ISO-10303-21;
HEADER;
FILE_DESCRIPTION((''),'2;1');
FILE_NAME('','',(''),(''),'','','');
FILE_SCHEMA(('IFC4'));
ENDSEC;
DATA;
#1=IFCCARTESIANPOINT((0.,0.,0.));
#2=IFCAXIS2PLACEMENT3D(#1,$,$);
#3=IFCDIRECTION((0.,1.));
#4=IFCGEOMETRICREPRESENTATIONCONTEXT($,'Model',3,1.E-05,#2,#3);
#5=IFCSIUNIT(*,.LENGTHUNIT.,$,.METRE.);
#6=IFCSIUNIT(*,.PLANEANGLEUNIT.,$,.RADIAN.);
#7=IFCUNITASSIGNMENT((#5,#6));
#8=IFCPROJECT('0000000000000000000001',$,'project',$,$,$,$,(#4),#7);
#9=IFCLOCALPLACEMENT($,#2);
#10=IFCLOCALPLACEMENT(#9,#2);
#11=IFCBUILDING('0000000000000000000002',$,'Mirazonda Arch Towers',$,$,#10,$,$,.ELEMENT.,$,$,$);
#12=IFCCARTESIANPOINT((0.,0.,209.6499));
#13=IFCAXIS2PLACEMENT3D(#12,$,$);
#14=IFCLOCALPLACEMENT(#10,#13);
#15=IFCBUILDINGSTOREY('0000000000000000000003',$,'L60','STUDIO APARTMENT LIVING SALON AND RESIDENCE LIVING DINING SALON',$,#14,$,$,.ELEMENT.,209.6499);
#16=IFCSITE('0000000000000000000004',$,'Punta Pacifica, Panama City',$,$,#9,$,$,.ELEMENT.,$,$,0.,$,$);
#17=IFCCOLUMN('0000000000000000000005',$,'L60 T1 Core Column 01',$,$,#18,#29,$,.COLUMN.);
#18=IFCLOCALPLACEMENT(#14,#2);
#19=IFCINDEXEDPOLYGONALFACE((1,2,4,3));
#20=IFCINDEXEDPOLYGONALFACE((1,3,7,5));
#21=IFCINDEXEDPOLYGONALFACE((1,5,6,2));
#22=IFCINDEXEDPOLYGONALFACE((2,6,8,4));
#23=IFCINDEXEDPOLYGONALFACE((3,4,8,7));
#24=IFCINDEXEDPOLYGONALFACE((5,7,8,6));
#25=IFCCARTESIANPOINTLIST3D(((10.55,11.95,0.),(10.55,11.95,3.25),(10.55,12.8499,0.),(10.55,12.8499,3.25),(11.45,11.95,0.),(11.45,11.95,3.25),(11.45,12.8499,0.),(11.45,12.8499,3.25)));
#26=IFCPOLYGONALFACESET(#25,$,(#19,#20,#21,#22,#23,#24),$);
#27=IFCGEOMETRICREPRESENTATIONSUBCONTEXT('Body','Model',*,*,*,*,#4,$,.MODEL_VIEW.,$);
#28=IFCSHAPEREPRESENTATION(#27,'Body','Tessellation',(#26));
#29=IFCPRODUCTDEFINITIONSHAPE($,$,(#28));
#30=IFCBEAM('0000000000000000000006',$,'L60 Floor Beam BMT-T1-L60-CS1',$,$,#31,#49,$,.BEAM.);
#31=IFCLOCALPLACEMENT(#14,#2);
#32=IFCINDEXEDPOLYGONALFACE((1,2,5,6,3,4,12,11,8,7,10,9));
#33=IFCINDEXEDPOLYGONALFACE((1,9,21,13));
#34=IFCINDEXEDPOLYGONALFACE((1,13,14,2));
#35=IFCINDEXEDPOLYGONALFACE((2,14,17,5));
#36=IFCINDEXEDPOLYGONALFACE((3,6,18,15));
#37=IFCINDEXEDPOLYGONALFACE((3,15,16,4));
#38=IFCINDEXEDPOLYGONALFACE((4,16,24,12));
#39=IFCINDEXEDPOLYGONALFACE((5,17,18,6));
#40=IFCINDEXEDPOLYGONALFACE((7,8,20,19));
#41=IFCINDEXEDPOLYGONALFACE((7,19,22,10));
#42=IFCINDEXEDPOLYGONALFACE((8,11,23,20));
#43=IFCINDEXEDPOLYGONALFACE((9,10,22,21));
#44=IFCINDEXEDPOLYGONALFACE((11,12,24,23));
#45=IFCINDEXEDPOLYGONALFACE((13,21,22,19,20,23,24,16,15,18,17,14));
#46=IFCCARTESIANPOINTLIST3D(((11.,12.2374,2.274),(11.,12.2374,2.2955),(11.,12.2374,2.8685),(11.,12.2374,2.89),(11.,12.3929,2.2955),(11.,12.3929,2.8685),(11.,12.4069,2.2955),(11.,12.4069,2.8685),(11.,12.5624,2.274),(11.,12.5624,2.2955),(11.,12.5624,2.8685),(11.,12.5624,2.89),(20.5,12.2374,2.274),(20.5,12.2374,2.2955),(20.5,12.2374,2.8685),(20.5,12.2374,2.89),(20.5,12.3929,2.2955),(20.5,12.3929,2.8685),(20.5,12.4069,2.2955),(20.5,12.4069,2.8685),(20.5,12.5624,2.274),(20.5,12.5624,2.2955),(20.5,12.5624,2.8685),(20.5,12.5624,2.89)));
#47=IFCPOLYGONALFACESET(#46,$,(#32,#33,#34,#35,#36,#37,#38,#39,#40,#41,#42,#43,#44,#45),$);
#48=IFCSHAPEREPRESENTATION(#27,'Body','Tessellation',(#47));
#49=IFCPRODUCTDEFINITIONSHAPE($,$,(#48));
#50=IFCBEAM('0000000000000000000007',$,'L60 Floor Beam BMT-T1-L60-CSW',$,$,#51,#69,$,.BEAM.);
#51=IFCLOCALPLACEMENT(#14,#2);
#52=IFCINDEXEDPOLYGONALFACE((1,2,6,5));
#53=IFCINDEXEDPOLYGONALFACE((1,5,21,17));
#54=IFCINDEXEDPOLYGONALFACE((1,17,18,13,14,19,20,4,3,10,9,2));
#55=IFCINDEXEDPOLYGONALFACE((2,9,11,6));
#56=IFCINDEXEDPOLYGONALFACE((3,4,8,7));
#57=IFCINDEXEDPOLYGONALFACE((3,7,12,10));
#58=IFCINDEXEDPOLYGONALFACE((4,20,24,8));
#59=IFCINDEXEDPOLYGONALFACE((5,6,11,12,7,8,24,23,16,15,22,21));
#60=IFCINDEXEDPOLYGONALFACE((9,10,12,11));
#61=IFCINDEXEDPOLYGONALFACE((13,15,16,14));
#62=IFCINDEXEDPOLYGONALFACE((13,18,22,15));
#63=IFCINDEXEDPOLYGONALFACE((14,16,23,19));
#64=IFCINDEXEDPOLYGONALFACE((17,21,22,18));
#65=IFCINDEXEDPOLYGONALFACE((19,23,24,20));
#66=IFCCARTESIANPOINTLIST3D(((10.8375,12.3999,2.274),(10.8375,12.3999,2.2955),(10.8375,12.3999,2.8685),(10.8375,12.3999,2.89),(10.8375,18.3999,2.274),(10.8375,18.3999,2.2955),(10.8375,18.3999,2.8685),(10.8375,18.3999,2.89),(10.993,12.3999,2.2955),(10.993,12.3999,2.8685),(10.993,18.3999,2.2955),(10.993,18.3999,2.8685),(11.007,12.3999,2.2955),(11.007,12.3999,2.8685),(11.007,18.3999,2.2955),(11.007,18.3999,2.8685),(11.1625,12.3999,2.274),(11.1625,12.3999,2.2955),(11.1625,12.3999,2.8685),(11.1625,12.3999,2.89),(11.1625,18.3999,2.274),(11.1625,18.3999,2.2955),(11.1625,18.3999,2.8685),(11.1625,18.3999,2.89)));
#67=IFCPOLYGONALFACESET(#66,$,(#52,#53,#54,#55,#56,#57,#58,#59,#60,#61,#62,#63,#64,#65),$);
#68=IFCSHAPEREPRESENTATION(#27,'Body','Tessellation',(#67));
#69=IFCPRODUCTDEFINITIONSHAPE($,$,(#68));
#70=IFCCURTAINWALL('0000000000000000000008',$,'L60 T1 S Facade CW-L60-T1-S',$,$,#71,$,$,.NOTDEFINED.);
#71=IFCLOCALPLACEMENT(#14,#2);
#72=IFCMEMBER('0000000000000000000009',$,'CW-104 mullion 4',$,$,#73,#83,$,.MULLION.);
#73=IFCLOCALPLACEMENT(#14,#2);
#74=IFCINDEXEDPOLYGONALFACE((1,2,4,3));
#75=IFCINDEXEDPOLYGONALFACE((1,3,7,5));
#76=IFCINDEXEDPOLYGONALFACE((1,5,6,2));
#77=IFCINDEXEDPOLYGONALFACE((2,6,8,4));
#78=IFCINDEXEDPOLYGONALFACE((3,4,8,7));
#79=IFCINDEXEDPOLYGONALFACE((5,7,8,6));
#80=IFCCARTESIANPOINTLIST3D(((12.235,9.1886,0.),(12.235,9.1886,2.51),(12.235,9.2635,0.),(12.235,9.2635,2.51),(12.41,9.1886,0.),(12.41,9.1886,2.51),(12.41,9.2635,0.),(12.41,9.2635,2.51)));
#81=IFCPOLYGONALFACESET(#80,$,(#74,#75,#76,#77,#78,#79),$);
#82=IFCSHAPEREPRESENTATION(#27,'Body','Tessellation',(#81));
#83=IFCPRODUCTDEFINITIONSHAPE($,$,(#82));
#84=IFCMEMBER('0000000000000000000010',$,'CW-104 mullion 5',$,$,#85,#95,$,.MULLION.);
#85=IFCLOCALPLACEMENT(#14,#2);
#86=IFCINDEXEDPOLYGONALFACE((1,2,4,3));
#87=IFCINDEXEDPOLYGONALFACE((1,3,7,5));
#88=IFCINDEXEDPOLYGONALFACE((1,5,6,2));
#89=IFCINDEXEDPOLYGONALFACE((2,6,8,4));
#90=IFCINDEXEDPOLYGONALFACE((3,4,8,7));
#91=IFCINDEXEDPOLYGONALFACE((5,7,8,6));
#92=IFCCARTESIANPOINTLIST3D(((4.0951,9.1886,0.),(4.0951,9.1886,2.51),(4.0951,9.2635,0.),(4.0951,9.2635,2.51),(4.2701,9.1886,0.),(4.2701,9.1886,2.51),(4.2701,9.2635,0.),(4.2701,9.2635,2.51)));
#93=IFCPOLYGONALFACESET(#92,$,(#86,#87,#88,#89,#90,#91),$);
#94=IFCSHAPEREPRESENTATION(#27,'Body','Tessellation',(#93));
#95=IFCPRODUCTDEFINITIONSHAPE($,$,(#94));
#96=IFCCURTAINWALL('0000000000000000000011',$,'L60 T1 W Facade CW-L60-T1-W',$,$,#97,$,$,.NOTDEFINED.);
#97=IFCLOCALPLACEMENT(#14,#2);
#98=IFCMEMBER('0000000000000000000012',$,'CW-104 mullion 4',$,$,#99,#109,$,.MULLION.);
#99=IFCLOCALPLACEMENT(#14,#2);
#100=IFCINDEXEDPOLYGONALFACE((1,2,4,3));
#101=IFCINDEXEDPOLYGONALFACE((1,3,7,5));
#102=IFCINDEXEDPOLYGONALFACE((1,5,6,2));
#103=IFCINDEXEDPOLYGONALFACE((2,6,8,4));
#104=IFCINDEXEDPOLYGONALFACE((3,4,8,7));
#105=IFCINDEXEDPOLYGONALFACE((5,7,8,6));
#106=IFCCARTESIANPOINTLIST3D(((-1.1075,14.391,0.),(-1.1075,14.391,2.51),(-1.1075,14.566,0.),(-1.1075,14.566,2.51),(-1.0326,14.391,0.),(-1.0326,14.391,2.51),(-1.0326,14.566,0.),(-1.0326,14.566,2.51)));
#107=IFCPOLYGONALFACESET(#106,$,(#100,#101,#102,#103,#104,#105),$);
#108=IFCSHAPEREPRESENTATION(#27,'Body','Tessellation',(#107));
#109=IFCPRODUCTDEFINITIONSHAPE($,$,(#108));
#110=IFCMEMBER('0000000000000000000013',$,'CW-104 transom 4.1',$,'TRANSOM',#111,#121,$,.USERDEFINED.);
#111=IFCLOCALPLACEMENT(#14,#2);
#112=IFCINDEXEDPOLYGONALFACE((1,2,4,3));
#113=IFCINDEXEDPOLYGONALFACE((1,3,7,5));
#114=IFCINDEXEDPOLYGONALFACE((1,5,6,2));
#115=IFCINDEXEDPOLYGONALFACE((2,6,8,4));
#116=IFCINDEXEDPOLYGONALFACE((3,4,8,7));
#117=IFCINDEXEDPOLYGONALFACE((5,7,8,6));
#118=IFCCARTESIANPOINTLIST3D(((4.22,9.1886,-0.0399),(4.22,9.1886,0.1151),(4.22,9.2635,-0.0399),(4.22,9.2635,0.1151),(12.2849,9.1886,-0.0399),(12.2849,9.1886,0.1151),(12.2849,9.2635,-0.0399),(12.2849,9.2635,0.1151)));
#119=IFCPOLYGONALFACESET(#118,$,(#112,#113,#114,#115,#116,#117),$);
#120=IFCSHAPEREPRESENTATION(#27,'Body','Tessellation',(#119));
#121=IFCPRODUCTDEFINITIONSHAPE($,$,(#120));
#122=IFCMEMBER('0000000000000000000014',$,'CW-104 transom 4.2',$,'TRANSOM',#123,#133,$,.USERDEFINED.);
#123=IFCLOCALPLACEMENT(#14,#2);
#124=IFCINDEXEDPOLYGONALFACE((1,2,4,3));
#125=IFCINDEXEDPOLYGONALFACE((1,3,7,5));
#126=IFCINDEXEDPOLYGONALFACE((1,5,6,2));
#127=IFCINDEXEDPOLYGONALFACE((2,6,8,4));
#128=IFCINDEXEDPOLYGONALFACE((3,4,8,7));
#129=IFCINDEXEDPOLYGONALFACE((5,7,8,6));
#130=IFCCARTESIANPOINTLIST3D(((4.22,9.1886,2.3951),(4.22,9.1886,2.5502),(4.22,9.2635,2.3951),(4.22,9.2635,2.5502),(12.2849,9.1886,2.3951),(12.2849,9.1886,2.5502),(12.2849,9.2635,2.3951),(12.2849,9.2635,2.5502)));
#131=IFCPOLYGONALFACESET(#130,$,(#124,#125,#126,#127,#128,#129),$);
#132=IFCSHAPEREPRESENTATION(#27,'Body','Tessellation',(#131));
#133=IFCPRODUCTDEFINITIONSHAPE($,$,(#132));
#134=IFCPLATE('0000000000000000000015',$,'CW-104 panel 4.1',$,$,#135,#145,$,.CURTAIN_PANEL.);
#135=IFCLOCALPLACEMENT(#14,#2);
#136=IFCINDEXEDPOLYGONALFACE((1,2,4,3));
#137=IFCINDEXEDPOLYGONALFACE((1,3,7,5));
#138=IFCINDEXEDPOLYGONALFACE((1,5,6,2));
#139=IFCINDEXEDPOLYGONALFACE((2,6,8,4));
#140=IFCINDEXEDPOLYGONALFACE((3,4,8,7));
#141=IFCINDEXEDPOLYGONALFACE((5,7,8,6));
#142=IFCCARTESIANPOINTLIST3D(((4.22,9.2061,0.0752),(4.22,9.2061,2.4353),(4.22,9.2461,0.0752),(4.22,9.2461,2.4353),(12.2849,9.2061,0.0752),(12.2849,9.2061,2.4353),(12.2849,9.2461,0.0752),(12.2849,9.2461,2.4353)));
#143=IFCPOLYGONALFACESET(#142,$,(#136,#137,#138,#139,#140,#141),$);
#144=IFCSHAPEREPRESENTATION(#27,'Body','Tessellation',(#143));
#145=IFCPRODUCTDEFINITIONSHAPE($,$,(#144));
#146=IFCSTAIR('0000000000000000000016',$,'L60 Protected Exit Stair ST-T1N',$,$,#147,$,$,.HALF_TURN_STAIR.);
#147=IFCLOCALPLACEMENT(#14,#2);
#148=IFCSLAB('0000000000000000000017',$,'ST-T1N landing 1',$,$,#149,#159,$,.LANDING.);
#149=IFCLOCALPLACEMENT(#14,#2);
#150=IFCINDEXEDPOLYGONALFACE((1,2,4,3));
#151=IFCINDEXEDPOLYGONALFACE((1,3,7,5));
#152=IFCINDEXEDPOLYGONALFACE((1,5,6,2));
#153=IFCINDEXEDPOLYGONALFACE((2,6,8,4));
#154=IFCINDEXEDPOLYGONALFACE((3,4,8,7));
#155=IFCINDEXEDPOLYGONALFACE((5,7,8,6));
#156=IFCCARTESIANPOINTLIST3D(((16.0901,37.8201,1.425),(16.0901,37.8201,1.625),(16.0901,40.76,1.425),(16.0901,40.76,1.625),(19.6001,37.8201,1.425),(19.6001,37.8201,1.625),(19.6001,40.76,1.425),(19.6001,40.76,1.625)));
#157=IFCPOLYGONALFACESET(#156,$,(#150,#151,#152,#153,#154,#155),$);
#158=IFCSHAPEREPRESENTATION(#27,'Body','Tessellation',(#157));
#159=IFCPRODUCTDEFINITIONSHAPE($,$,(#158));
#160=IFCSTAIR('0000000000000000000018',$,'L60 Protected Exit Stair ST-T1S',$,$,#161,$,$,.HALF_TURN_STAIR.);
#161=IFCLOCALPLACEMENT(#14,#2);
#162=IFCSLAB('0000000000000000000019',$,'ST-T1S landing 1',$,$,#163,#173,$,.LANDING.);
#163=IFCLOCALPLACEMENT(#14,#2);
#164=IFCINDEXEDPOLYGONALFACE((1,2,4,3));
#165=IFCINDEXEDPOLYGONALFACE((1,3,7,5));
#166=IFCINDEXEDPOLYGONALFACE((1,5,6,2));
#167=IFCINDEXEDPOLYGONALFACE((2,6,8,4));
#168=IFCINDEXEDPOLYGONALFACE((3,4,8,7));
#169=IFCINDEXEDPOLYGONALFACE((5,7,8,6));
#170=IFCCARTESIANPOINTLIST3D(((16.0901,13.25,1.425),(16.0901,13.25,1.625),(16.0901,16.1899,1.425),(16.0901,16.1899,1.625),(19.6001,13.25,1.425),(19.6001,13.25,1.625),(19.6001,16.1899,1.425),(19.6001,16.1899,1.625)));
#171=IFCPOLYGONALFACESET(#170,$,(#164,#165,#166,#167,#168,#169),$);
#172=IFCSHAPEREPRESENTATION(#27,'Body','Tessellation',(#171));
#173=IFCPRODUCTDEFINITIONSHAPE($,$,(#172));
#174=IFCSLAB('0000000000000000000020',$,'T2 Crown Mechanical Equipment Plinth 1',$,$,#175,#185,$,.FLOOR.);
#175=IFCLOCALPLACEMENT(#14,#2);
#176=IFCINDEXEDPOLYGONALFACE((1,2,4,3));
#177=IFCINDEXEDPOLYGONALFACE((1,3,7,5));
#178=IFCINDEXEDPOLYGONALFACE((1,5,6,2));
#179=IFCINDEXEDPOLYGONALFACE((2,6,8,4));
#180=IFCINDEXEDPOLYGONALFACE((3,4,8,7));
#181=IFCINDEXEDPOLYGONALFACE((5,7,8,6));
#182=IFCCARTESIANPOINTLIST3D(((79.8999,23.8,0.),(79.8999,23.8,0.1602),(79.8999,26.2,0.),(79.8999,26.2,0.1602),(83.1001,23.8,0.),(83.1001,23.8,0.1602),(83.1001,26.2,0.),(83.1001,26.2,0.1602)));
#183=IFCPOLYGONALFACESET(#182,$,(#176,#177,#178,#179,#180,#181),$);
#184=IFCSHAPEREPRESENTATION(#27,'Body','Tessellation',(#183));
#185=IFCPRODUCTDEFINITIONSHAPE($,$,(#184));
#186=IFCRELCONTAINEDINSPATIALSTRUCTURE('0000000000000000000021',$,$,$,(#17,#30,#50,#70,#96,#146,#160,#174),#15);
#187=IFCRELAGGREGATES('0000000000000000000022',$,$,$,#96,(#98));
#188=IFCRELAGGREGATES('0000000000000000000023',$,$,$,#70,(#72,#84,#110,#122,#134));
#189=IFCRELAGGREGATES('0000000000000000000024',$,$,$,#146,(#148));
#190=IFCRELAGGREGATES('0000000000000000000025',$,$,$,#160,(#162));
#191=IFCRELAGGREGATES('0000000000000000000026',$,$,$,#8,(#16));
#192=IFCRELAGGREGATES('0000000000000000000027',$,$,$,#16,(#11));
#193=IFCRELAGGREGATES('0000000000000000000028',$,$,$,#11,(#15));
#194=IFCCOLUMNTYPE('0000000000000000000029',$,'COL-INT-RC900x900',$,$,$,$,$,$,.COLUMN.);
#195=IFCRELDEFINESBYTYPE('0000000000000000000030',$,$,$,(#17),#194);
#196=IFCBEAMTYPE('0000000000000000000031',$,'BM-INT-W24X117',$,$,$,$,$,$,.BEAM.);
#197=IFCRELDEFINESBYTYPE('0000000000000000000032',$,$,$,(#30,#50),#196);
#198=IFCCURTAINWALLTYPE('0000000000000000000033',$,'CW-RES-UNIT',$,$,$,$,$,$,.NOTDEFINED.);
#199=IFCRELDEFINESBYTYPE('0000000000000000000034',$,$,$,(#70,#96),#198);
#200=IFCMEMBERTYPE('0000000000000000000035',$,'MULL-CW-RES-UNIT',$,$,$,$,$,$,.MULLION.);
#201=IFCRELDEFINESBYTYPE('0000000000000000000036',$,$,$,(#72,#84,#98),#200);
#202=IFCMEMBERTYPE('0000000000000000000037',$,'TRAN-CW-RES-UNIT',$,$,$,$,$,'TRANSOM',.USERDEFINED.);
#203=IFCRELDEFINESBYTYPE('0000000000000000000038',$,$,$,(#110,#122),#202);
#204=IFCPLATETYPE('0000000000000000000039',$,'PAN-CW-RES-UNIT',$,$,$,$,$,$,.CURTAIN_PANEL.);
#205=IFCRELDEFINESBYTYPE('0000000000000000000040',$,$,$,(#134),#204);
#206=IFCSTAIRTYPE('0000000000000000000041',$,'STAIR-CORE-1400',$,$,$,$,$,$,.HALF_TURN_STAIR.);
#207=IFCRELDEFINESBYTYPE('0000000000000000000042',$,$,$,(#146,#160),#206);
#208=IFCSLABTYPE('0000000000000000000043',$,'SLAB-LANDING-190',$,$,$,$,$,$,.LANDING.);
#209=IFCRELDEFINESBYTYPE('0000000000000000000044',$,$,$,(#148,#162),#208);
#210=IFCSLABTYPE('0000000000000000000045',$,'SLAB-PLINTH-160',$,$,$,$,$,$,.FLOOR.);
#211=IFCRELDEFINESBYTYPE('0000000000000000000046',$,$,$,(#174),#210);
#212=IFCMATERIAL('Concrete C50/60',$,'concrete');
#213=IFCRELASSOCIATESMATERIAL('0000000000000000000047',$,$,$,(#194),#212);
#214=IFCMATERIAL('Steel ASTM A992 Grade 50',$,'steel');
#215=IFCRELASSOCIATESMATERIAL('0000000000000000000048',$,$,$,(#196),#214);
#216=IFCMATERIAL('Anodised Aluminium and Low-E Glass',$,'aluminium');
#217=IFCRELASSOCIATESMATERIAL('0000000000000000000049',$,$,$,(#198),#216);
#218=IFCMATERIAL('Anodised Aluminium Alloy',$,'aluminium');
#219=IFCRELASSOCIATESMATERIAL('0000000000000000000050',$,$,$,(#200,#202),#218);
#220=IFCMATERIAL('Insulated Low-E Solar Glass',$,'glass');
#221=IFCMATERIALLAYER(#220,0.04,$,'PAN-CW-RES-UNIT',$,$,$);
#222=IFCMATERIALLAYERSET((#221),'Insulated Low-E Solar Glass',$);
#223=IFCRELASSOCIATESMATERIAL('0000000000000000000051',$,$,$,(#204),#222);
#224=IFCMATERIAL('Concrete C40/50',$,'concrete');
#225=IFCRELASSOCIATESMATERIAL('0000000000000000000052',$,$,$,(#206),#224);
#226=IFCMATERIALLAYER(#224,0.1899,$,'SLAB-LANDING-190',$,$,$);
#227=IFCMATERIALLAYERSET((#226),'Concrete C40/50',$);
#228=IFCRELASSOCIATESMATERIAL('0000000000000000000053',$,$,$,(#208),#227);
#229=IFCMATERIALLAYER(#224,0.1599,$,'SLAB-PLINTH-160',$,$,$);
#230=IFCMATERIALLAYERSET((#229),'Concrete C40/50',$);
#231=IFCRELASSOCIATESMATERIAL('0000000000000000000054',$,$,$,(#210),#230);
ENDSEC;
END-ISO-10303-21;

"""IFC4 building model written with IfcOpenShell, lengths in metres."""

from ifc_helpers import new_model, si_unit, direction, frame, origin, origin_2d, place, context, subcontext, project, spatial, polyline, rectangle, i_section, outline, extrude, material, layer, layer_set, material_profile, profile_set, type_object, element, aggregate, save


model = new_model("IFC4")

# Units and contexts
model_context = context("Model", 3, precision=1e-05, world=origin(), true_north=direction((0.0, 1.0)))
body_context = subcontext(model_context, "Body", "Model", "MODEL_VIEW")
ifc_project = project(units=[si_unit("LENGTHUNIT", "METRE"), si_unit("PLANEANGLEUNIT", "RADIAN")], contexts=[model_context])

# Site, building, storey
site_placement = place(None, origin())
site = spatial("IfcSite", under=ifc_project, at=site_placement, Name="Punta Pacifica, Panama City", CompositionType="ELEMENT", RefElevation=0.0)
building_placement = place(site_placement, origin())
building = spatial("IfcBuilding", under=site, at=building_placement, Name="Mirazonda Arch Towers", CompositionType="ELEMENT")
storey_placement = place(building_placement, frame((0.0, 0.0, 209.6499)))
storey = spatial("IfcBuildingStorey", under=building, at=storey_placement, Name="L60", Description="STUDIO APARTMENT LIVING SALON AND RESIDENCE LIVING DINING SALON", CompositionType="ELEMENT", Elevation=209.6499)

# Column
ifc_material_1 = material(Name="Concrete C50/60", Category="concrete")
ifc_material_profile_1 = material_profile(ifc_material_1, rectangle(XDim=0.8999, YDim=0.8999, at=origin_2d()), Name="RC900x900")
ifc_profile_set_1 = profile_set([ifc_material_profile_1], Name="Concrete C50/60")
column_type = type_object("IfcColumnType", Name="COL-INT-RC900x900", PredefinedType="COLUMN", material=ifc_profile_set_1)
column_placement = place(storey_placement, frame((11.0, 12.3999, 0.0), z_axis=(0.0, 0.0, 1.0), x_axis=(1.0, 0.0, 0.0)))
element("IfcColumn", 1, at=column_placement, inside=storey, type_object=column_type, Name="L60 T1 Core Column 01", PredefinedType="COLUMN", context=body_context, shape_type="SweptSolid", body=[
    extrude(rectangle(XDim=0.8999, YDim=0.8999, at=origin_2d()), origin(), (0.0, 0.0, 1.0), 3.25),
])

# Beams
ifc_material_2 = material(Name="Steel ASTM A992 Grade 50", Category="steel")
ifc_material_profile_2 = material_profile(ifc_material_2, i_section(OverallWidth=0.325, OverallDepth=0.616, WebThickness=0.0139, FlangeThickness=0.0215, at=origin_2d()), Name="W24X117")
ifc_profile_set_2 = profile_set([ifc_material_profile_2], Name="Steel ASTM A992 Grade 50")
beam_type = type_object("IfcBeamType", Name="BM-INT-W24X117", PredefinedType="BEAM", material=ifc_profile_set_2)
beam_1_placement = place(storey_placement, frame((11.0, 12.3999, 2.582), z_axis=(1.0, 0.0, 0.0), x_axis=(0.0, 1.0, 0.0)))
element("IfcBeam", 2, at=beam_1_placement, inside=storey, type_object=beam_type, Name="L60 Floor Beam BMT-T1-L60-CS1", PredefinedType="BEAM", context=body_context, shape_type="SweptSolid", body=[
    extrude(i_section(OverallWidth=0.325, OverallDepth=0.616, WebThickness=0.0139, FlangeThickness=0.0215, at=origin_2d()), origin(), (0.0, 0.0, 1.0), 9.5),
])
beam_2_placement = place(storey_placement, frame((11.0, 12.3999, 2.582), z_axis=(0.0, 1.0, 0.0), x_axis=(-1.0, 0.0, 0.0)))
element("IfcBeam", 3, at=beam_2_placement, inside=storey, type_object=beam_type, Name="L60 Floor Beam BMT-T1-L60-CSW", PredefinedType="BEAM", context=body_context, shape_type="SweptSolid", body=[
    extrude(i_section(OverallWidth=0.325, OverallDepth=0.616, WebThickness=0.0139, FlangeThickness=0.0215, at=origin_2d()), origin(), (0.0, 0.0, 1.0), 6.0),
])

# Curtain wall, members
ifc_material_3 = material(Name="Anodised Aluminium and Low-E Glass", Category="aluminium")
curtain_wall_type = type_object("IfcCurtainWallType", Name="CW-RES-UNIT", PredefinedType="NOTDEFINED", material=ifc_material_3)
curtain_wall_1_placement = place(storey_placement, origin())
curtain_wall_1 = element("IfcCurtainWall", 4, at=curtain_wall_1_placement, inside=storey, type_object=curtain_wall_type, Name="L60 T1 S Facade CW-L60-T1-S", PredefinedType="NOTDEFINED")
ifc_material_4 = material(Name="Anodised Aluminium Alloy", Category="aluminium")
ifc_material_profile_3 = material_profile(ifc_material_4, rectangle(XDim=0.075, YDim=0.175, at=origin_2d()), Name="ALU-MULL-75x175")
ifc_profile_set_3 = profile_set([ifc_material_profile_3], Name="Anodised Aluminium Alloy")
member_type_1 = type_object("IfcMemberType", Name="MULL-CW-RES-UNIT", PredefinedType="MULLION", material=ifc_profile_set_3)
member_1_placement = place(storey_placement, frame((12.3225, 9.2261, 0.0), z_axis=(0.0, 0.0, 1.0), x_axis=(0.0, -1.0, 0.0)))
member_1 = element("IfcMember", 5, at=member_1_placement, type_object=member_type_1, Name="CW-104 mullion 4", PredefinedType="MULLION", context=body_context, shape_type="SweptSolid", body=[
    extrude(rectangle(XDim=0.075, YDim=0.175, at=origin_2d()), origin(), (0.0, 0.0, 1.0), 2.51),
])
member_2_placement = place(storey_placement, frame((4.1826, 9.2261, 0.0), z_axis=(0.0, 0.0, 1.0), x_axis=(0.0, -1.0, 0.0)))
member_2 = element("IfcMember", 6, at=member_2_placement, type_object=member_type_1, Name="CW-104 mullion 5", PredefinedType="MULLION", context=body_context, shape_type="SweptSolid", body=[
    extrude(rectangle(XDim=0.075, YDim=0.175, at=origin_2d()), origin(), (0.0, 0.0, 1.0), 2.51),
])

# Curtain wall, member
curtain_wall_2_placement = place(storey_placement, origin())
curtain_wall_2 = element("IfcCurtainWall", 7, at=curtain_wall_2_placement, inside=storey, type_object=curtain_wall_type, Name="L60 T1 W Facade CW-L60-T1-W", PredefinedType="NOTDEFINED")
member_3_placement = place(storey_placement, frame((-1.0701, 14.4785, 0.0), z_axis=(0.0, 0.0, 1.0), x_axis=(1.0, 0.0, 0.0)))
member_3 = element("IfcMember", 8, at=member_3_placement, type_object=member_type_1, Name="CW-104 mullion 4", PredefinedType="MULLION", context=body_context, shape_type="SweptSolid", body=[
    extrude(rectangle(XDim=0.075, YDim=0.175, at=origin_2d()), origin(), (0.0, 0.0, 1.0), 2.51),
])
aggregate(curtain_wall_2, [member_3])

# Members
ifc_material_profile_4 = material_profile(ifc_material_4, rectangle(XDim=0.075, YDim=0.155, at=origin_2d()), Name="ALU-TRAN-75x155")
ifc_profile_set_4 = profile_set([ifc_material_profile_4], Name="Anodised Aluminium Alloy")
member_type_2 = type_object("IfcMemberType", Name="TRAN-CW-RES-UNIT", ElementType="TRANSOM", PredefinedType="USERDEFINED", material=ifc_profile_set_4)
member_4_placement = place(storey_placement, frame((12.2849, 9.2261, 0.0376), z_axis=(-1.0, 0.0, 0.0), x_axis=(0.0, -1.0, 0.0)))
member_4 = element("IfcMember", 9, at=member_4_placement, type_object=member_type_2, Name="CW-104 transom 4.1", ObjectType="TRANSOM", PredefinedType="USERDEFINED", context=body_context, shape_type="SweptSolid", body=[
    extrude(rectangle(XDim=0.075, YDim=0.155, at=origin_2d()), origin(), (0.0, 0.0, 1.0), 8.0649),
])
member_5_placement = place(storey_placement, frame((12.2849, 9.2261, 2.4727), z_axis=(-1.0, 0.0, 0.0), x_axis=(0.0, -1.0, 0.0)))
member_5 = element("IfcMember", 10, at=member_5_placement, type_object=member_type_2, Name="CW-104 transom 4.2", ObjectType="TRANSOM", PredefinedType="USERDEFINED", context=body_context, shape_type="SweptSolid", body=[
    extrude(rectangle(XDim=0.075, YDim=0.155, at=origin_2d()), origin(), (0.0, 0.0, 1.0), 8.0649),
])

# Plate
ifc_material_5 = material(Name="Insulated Low-E Solar Glass", Category="glass")
ifc_layer_1 = layer(ifc_material_5, 0.04, Name="PAN-CW-RES-UNIT")
ifc_layer_set_1 = layer_set([ifc_layer_1], Name="Insulated Low-E Solar Glass")
plate_type = type_object("IfcPlateType", Name="PAN-CW-RES-UNIT", PredefinedType="CURTAIN_PANEL", material=ifc_layer_set_1)
plate_placement = place(storey_placement, frame((8.2524, 9.2261, 0.0752), z_axis=(0.0, 0.0, 1.0), x_axis=(-1.0, 0.0, 0.0)))
plate = element("IfcPlate", 11, at=plate_placement, type_object=plate_type, Name="CW-104 panel 4.1", PredefinedType="CURTAIN_PANEL", context=body_context, shape_type="SweptSolid", body=[
    extrude(rectangle(XDim=8.0649, YDim=0.04, at=origin_2d()), origin(), (0.0, 0.0, 1.0), 2.3601),
])
aggregate(curtain_wall_1, [member_1, member_2, member_4, member_5, plate])

# Stairs, slabs
ifc_material_6 = material(Name="Concrete C40/50", Category="concrete")
stair_type = type_object("IfcStairType", Name="STAIR-CORE-1400", PredefinedType="HALF_TURN_STAIR", material=ifc_material_6)
stair_1_placement = place(storey_placement, origin())
stair_1 = element("IfcStair", 12, at=stair_1_placement, inside=storey, type_object=stair_type, Name="L60 Protected Exit Stair ST-T1N", PredefinedType="HALF_TURN_STAIR")
ifc_layer_2 = layer(ifc_material_6, 0.1899, Name="SLAB-LANDING-190")
ifc_layer_set_2 = layer_set([ifc_layer_2], Name="Concrete C40/50")
slab_type_1 = type_object("IfcSlabType", Name="SLAB-LANDING-190", PredefinedType="LANDING", material=ifc_layer_set_2)
slab_1_placement = place(storey_placement, frame((0.0, 0.0, 1.425)))
slab_1 = element("IfcSlab", 13, at=slab_1_placement, type_object=slab_type_1, Name="ST-T1N landing 1", PredefinedType="LANDING", context=body_context, shape_type="SweptSolid", body=[
    extrude(outline(polyline([(16.0901, 37.8201), (19.6001, 37.8201), (19.6001, 40.76), (16.0901, 40.76), (16.0901, 37.8201)])), origin(), (0.0, 0.0, 1.0), 0.2),
])
aggregate(stair_1, [slab_1])
stair_2_placement = place(storey_placement, origin())
stair_2 = element("IfcStair", 14, at=stair_2_placement, inside=storey, type_object=stair_type, Name="L60 Protected Exit Stair ST-T1S", PredefinedType="HALF_TURN_STAIR")
slab_2_placement = place(storey_placement, frame((0.0, 0.0, 1.425)))
slab_2 = element("IfcSlab", 15, at=slab_2_placement, type_object=slab_type_1, Name="ST-T1S landing 1", PredefinedType="LANDING", context=body_context, shape_type="SweptSolid", body=[
    extrude(outline(polyline([(16.0901, 13.25), (19.6001, 13.25), (19.6001, 16.1899), (16.0901, 16.1899), (16.0901, 13.25)])), origin(), (0.0, 0.0, 1.0), 0.2),
])
aggregate(stair_2, [slab_2])

# Slab
ifc_layer_3 = layer(ifc_material_6, 0.1599, Name="SLAB-PLINTH-160")
ifc_layer_set_3 = layer_set([ifc_layer_3], Name="Concrete C40/50")
slab_type_2 = type_object("IfcSlabType", Name="SLAB-PLINTH-160", PredefinedType="FLOOR", material=ifc_layer_set_3)
slab_3_placement = place(storey_placement, origin())
element("IfcSlab", 16, at=slab_3_placement, inside=storey, type_object=slab_type_2, Name="T2 Crown Mechanical Equipment Plinth 1", PredefinedType="FLOOR", context=body_context, shape_type="SweptSolid", body=[
    extrude(outline(polyline([(79.8999, 23.8), (83.1001, 23.8), (83.1001, 26.2), (79.8999, 26.2), (79.8999, 23.8)])), origin(), (0.0, 0.0, 1.0), 0.1602),
])

save(model, "model.ifc")
